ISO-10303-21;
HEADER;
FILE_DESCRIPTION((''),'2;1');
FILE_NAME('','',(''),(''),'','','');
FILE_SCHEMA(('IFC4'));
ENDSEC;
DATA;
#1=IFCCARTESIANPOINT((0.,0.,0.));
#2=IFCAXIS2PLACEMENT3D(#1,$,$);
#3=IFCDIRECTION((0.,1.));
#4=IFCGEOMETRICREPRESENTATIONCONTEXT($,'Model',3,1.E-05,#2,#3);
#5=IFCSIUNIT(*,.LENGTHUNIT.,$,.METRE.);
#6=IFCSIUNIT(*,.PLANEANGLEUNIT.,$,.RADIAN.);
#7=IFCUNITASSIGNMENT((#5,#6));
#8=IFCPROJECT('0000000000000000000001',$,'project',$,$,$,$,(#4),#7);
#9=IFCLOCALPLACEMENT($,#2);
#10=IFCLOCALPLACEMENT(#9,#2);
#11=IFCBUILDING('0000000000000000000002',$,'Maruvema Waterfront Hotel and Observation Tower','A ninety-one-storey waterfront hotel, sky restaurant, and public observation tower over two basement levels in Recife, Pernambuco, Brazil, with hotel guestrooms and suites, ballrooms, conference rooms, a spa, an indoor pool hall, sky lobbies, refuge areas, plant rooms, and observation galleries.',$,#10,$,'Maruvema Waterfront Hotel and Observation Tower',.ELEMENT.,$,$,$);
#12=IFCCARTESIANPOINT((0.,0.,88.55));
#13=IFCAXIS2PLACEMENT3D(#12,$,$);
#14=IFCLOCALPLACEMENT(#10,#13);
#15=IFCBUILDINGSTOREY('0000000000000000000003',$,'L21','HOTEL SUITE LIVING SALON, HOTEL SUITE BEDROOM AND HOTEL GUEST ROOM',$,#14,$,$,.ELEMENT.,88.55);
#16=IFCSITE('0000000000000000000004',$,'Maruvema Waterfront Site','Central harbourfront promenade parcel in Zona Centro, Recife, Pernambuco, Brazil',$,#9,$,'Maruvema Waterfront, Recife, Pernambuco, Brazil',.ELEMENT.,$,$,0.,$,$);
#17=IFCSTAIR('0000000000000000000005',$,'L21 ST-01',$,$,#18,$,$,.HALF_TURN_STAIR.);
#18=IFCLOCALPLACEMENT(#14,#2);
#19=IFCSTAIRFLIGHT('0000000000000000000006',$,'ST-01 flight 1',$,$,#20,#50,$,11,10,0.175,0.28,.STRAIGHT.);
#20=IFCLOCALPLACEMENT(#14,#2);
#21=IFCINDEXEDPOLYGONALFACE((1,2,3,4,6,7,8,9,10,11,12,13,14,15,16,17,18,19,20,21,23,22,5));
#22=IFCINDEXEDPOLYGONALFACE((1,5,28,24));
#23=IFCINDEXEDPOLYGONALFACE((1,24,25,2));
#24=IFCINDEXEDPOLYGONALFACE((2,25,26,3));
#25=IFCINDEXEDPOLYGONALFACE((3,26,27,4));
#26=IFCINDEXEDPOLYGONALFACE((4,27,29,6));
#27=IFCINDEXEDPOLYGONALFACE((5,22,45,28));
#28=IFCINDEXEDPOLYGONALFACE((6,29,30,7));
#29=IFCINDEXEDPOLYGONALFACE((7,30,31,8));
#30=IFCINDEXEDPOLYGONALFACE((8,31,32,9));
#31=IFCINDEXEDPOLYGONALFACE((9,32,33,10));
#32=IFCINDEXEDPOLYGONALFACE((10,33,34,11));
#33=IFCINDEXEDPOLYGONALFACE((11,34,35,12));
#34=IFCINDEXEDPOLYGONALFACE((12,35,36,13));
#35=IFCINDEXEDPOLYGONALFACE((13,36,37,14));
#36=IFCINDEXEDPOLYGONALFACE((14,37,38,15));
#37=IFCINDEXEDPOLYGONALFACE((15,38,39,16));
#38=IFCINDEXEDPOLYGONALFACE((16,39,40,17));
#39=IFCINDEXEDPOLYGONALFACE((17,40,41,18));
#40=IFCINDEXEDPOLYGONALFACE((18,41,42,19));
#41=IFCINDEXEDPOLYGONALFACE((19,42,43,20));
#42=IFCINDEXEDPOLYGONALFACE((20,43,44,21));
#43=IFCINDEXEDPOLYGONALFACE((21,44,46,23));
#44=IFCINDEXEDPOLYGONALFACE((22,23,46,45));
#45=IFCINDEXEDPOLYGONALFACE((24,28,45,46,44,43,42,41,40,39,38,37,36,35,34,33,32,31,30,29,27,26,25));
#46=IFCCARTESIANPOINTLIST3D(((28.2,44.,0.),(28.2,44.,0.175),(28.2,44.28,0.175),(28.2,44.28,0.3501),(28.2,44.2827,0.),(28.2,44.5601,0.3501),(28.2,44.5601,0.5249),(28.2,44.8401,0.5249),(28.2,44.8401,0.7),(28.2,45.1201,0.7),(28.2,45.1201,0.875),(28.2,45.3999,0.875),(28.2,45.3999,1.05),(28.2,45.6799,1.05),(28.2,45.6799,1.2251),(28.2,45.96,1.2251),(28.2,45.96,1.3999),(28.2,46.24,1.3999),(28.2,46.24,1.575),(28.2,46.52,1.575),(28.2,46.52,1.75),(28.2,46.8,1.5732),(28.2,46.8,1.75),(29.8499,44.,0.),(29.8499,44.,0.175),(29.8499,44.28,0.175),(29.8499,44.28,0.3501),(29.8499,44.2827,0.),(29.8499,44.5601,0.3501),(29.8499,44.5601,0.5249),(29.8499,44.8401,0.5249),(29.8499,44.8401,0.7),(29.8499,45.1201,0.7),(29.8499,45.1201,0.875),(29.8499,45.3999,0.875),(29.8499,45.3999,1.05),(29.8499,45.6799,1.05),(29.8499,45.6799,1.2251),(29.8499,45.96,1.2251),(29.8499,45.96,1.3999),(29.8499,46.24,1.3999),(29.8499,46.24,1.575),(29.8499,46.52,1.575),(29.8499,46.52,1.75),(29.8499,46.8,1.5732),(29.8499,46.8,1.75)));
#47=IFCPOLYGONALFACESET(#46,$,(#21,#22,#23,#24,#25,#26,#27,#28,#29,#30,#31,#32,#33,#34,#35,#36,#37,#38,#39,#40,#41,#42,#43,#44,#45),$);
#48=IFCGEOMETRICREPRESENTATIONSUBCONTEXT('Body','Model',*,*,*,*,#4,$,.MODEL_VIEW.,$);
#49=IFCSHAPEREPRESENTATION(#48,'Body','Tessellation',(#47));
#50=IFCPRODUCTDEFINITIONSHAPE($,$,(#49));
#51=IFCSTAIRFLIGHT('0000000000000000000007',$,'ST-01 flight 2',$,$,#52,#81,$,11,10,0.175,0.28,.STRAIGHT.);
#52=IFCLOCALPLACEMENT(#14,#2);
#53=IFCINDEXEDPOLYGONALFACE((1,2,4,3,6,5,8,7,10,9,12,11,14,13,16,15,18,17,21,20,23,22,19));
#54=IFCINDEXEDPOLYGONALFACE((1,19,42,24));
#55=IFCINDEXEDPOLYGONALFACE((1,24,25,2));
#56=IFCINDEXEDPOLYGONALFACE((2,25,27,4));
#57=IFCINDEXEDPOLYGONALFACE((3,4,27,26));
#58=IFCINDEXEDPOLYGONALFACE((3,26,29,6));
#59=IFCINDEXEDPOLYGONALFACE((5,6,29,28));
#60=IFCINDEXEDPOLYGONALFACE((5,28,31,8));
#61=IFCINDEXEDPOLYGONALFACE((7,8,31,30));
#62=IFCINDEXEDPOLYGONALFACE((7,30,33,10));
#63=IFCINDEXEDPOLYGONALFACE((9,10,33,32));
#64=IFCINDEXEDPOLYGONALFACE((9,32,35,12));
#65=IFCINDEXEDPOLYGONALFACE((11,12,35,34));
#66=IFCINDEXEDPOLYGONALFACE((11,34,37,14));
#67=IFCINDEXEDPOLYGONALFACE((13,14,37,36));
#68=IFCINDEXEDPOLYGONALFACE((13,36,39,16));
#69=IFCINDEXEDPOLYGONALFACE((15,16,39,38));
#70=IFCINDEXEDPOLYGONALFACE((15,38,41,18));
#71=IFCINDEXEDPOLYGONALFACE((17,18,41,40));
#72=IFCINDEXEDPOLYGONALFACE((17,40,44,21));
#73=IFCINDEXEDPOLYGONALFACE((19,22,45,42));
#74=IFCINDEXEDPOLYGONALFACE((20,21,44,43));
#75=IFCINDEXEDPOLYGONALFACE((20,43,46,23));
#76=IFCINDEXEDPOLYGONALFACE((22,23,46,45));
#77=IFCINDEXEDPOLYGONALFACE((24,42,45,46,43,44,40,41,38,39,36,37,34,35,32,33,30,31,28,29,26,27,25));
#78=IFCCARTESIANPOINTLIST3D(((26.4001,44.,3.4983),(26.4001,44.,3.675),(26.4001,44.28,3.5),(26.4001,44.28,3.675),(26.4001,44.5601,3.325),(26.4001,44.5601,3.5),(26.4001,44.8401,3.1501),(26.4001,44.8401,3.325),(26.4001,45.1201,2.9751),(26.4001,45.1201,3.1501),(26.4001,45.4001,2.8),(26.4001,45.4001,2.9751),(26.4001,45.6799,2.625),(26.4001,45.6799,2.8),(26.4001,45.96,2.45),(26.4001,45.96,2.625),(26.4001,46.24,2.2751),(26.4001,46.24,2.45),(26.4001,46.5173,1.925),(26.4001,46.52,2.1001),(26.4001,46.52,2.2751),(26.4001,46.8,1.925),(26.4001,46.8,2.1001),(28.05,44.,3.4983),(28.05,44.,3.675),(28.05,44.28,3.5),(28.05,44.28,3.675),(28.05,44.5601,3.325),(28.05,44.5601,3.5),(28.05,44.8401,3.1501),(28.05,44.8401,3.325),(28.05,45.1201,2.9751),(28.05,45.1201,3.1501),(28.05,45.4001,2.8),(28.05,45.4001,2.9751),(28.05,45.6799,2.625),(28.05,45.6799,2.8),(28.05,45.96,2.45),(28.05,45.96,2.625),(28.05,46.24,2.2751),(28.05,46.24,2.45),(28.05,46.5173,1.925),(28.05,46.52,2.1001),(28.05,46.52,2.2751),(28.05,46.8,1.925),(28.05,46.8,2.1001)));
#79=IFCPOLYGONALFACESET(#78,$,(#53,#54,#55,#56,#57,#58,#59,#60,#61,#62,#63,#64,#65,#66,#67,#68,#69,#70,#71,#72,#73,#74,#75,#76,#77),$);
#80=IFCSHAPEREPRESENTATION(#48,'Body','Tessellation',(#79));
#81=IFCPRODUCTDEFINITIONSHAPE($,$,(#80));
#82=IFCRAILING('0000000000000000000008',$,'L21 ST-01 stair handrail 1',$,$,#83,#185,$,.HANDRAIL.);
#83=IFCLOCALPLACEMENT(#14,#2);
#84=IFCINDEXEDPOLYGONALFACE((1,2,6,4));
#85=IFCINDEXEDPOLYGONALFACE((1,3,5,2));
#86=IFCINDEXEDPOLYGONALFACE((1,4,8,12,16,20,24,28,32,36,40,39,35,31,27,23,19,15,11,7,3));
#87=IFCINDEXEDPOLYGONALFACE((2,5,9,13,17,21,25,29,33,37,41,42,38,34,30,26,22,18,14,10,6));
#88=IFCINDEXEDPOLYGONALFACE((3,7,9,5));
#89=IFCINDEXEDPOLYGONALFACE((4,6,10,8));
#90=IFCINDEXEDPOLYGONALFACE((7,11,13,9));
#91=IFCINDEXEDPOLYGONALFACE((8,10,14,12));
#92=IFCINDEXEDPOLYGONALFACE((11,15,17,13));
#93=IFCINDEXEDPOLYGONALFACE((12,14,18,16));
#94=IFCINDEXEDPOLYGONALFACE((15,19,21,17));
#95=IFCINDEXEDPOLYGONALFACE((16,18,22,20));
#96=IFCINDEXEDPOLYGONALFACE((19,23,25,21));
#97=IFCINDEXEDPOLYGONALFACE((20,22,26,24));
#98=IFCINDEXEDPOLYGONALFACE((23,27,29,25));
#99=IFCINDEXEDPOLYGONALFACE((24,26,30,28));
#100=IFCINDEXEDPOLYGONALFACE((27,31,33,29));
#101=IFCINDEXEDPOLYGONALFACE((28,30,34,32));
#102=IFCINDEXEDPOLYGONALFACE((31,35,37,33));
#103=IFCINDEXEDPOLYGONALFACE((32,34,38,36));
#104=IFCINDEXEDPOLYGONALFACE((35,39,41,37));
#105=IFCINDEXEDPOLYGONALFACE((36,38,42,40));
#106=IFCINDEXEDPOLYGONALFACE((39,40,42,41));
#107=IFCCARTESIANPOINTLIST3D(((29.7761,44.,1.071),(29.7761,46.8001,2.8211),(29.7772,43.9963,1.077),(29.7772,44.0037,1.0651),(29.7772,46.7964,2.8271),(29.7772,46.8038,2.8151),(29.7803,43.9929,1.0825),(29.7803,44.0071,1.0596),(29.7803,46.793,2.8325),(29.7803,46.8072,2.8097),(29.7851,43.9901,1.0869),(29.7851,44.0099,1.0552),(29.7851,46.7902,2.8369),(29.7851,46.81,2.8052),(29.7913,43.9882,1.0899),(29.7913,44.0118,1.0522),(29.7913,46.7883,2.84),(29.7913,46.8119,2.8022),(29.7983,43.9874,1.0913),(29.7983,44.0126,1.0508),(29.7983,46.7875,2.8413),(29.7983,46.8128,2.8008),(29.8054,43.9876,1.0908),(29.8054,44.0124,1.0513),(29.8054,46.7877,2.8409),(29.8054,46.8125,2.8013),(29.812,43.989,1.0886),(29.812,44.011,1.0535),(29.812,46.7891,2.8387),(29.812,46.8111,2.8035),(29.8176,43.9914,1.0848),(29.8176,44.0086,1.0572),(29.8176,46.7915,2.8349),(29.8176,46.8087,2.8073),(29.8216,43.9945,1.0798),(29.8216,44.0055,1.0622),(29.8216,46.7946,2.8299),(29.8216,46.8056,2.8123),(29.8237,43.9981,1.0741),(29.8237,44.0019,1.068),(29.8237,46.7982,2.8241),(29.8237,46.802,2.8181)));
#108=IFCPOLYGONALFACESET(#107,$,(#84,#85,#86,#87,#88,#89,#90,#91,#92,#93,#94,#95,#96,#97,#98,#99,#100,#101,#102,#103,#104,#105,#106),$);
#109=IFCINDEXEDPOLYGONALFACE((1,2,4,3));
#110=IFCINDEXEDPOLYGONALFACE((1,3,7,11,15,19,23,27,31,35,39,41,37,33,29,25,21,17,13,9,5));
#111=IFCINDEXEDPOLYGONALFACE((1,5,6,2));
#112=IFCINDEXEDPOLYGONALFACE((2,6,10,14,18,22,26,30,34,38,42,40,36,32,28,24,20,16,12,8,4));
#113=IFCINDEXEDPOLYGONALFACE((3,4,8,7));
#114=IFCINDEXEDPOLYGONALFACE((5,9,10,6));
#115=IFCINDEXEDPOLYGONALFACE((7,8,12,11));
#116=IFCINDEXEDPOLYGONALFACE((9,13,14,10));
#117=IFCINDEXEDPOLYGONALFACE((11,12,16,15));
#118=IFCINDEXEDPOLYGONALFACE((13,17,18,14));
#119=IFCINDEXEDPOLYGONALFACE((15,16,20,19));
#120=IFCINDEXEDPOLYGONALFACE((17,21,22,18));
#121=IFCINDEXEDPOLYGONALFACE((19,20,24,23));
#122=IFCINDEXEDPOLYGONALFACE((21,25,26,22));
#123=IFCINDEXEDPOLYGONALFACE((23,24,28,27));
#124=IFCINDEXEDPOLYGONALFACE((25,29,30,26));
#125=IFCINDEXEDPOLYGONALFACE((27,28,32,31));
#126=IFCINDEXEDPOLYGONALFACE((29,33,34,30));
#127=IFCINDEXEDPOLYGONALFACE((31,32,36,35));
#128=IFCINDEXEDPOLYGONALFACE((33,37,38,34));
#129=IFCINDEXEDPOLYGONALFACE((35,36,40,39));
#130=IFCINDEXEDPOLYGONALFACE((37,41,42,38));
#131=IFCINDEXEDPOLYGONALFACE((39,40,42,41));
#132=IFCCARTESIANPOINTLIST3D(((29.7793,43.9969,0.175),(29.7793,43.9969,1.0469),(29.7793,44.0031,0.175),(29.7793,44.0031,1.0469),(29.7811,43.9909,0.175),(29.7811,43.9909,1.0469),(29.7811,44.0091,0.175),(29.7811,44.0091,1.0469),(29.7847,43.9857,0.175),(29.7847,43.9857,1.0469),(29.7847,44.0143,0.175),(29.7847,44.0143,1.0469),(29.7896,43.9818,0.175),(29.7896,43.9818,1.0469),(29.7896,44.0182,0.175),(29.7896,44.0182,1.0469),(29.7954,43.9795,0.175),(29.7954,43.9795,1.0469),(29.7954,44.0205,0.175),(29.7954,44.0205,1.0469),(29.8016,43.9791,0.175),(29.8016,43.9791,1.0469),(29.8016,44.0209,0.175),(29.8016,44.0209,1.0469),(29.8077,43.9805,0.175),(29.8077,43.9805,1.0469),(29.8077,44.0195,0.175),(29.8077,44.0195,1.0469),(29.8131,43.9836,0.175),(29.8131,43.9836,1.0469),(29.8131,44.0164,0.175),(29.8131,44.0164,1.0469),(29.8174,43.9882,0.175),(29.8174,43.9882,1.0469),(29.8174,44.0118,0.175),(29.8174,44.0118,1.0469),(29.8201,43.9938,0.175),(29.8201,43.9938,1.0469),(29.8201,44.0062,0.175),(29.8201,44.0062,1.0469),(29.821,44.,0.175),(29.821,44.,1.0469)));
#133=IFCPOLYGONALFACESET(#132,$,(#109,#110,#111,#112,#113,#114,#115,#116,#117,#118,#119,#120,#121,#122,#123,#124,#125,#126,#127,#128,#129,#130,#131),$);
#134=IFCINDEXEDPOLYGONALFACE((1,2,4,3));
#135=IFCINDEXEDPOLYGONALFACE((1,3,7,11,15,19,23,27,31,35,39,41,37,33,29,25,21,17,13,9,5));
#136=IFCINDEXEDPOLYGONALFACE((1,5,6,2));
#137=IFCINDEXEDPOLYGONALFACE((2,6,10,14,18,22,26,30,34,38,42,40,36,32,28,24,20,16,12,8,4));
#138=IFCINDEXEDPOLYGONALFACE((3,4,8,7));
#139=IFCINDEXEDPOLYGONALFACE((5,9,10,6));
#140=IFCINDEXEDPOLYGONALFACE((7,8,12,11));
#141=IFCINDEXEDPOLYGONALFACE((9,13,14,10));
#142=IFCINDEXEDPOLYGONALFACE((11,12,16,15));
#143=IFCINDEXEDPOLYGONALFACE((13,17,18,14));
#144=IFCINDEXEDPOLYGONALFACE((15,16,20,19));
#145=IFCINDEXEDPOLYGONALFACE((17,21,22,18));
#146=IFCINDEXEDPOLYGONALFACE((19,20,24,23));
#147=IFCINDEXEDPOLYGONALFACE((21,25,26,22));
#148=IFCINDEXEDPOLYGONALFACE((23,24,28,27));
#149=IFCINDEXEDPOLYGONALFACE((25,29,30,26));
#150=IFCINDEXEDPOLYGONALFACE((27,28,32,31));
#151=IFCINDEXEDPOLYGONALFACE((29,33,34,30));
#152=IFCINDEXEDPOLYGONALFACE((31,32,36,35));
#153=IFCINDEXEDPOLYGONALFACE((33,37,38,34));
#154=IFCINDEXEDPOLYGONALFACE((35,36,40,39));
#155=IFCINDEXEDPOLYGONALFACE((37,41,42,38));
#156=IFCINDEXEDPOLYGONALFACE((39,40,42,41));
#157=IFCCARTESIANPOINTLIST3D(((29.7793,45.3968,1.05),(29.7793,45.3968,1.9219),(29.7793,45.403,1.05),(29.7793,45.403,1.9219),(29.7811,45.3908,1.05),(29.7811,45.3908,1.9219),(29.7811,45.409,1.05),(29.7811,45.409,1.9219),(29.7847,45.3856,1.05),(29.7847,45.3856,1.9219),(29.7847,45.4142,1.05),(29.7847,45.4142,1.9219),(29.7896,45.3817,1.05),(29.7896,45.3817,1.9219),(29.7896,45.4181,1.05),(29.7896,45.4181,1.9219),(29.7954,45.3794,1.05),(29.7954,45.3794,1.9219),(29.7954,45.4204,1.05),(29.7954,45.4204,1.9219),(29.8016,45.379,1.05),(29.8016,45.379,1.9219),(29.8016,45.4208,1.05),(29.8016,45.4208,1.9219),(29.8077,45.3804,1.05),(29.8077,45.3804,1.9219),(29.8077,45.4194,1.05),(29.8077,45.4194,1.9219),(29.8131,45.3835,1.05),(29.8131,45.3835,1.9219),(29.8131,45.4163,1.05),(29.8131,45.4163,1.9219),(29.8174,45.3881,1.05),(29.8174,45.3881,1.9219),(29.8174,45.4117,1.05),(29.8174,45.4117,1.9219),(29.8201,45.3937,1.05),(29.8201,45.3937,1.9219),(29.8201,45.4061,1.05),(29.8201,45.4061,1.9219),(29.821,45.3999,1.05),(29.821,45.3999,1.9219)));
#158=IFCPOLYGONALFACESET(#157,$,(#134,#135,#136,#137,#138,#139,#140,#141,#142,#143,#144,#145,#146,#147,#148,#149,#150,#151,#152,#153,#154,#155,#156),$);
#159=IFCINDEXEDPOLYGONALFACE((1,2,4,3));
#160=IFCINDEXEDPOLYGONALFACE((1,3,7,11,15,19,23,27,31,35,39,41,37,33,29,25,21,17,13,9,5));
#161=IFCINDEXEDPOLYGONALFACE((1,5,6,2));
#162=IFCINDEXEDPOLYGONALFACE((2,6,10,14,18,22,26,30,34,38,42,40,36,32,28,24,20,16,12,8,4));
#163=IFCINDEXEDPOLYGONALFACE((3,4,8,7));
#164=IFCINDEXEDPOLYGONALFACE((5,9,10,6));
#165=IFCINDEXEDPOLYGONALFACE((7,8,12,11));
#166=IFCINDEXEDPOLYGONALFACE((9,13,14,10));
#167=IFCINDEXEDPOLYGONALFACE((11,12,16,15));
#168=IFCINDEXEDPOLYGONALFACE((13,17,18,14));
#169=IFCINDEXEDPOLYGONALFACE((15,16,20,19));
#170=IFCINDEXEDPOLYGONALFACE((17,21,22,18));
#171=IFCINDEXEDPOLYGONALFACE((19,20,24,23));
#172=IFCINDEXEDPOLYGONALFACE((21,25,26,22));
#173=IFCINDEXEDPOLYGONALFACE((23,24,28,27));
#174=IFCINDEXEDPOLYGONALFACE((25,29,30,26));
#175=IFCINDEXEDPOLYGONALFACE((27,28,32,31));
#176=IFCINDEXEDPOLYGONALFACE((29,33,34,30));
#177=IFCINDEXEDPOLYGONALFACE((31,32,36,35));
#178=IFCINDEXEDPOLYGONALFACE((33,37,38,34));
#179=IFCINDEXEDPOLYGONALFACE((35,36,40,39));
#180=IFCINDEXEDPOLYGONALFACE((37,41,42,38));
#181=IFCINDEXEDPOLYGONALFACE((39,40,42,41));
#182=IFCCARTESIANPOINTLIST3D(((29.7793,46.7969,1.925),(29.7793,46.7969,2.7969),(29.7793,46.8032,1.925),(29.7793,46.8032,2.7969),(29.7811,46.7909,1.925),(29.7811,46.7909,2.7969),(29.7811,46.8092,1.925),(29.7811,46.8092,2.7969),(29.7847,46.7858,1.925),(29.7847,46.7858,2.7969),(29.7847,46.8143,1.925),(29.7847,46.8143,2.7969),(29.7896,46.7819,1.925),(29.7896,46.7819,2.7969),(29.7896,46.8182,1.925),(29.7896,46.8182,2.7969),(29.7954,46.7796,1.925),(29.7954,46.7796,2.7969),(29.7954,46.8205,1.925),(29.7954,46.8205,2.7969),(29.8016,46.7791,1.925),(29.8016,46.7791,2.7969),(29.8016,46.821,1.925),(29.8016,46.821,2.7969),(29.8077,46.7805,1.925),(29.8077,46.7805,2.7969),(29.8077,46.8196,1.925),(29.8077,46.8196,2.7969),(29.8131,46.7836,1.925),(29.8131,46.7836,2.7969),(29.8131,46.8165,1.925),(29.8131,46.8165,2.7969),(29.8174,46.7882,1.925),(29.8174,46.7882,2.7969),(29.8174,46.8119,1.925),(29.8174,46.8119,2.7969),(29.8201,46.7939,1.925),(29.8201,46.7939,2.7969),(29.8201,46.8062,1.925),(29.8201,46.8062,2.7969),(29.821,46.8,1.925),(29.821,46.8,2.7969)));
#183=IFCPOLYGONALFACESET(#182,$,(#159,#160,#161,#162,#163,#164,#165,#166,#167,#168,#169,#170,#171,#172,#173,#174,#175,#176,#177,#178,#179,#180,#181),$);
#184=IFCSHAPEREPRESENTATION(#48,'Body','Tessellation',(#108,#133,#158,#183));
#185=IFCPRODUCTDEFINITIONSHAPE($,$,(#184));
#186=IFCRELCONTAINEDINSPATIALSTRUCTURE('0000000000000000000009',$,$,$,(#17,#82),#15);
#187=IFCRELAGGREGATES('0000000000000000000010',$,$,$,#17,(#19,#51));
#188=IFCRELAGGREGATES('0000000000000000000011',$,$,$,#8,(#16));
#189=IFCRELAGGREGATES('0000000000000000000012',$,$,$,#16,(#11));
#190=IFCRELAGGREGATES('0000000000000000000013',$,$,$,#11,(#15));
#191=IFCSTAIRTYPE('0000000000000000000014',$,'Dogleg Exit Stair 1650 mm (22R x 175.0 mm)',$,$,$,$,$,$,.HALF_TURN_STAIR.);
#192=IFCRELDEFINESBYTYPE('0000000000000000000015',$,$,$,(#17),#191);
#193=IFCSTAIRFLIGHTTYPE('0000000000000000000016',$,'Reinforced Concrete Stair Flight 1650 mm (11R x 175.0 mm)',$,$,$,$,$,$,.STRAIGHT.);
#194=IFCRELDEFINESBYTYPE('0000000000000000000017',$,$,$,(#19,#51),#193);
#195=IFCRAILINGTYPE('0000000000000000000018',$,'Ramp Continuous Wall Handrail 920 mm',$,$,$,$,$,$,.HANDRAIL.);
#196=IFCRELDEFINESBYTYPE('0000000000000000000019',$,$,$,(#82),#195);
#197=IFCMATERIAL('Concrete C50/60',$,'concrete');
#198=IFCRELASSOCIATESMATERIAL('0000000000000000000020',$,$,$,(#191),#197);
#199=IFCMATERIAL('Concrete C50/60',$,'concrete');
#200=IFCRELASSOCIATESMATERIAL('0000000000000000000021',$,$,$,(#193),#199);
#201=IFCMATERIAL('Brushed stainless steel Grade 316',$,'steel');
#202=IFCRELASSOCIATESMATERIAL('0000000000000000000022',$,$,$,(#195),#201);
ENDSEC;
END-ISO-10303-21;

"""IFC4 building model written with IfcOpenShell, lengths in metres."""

from ifc_helpers import new_model, si_unit, direction, frame, origin, origin_2d, place, context, subcontext, project, spatial, polyline, circle, outline, extrude, material, type_object, element, aggregate, save


model = new_model("IFC4")

# Units and contexts
model_context = context("Model", 3, precision=1e-05, world=origin(), true_north=direction((0.0, 1.0)))
body_context = subcontext(model_context, "Body", "Model", "MODEL_VIEW")
ifc_project = project(units=[si_unit("LENGTHUNIT", "METRE"), si_unit("PLANEANGLEUNIT", "RADIAN")], contexts=[model_context])

# Site, building, storey
site_placement = place(None, origin())
site = spatial("IfcSite", under=ifc_project, at=site_placement, Name="Maruvema Waterfront Site", Description="Central harbourfront promenade parcel in Zona Centro, Recife, Pernambuco, Brazil", LongName="Maruvema Waterfront, Recife, Pernambuco, Brazil", CompositionType="ELEMENT", RefElevation=0.0)
building_placement = place(site_placement, origin())
building = spatial("IfcBuilding", under=site, at=building_placement, Name="Maruvema Waterfront Hotel and Observation Tower", Description="A ninety-one-storey waterfront hotel, sky restaurant, and public observation tower over two basement levels in Recife, Pernambuco, Brazil, with hotel guestrooms and suites, ballrooms, conference rooms, a spa, an indoor pool hall, sky lobbies, refuge areas, plant rooms, and observation galleries.", LongName="Maruvema Waterfront Hotel and Observation Tower", CompositionType="ELEMENT")
storey_placement = place(building_placement, frame((0.0, 0.0, 88.55)))
storey = spatial("IfcBuildingStorey", under=building, at=storey_placement, Name="L21", Description="HOTEL SUITE LIVING SALON, HOTEL SUITE BEDROOM AND HOTEL GUEST ROOM", CompositionType="ELEMENT", Elevation=88.55)

# Stair, stair flights
ifc_material_1 = material(Name="Concrete C50/60", Category="concrete")
stair_type = type_object("IfcStairType", Name="Dogleg Exit Stair 1650 mm (22R x 175.0 mm)", PredefinedType="HALF_TURN_STAIR", material=ifc_material_1)
stair_placement = place(storey_placement, origin())
stair = element("IfcStair", 1, at=stair_placement, inside=storey, type_object=stair_type, Name="L21 ST-01", PredefinedType="HALF_TURN_STAIR")
ifc_material_2 = material(Name="Concrete C50/60", Category="concrete")
stair_flight_type = type_object("IfcStairFlightType", Name="Reinforced Concrete Stair Flight 1650 mm (11R x 175.0 mm)", PredefinedType="STRAIGHT", material=ifc_material_2)
stair_flight_1_placement = place(storey_placement, frame((29.0249, 44.0, 0.0), z_axis=(0.0, 0.0, 1.0), x_axis=(0.0, 1.0, 0.0)))
stair_flight_1 = element("IfcStairFlight", 2, at=stair_flight_1_placement, type_object=stair_flight_type, Name="ST-01 flight 1", NumberOfRisers=11, NumberOfTreads=10, PredefinedType="STRAIGHT", RiserHeight=0.175, TreadLength=0.28, context=body_context, shape_type="SweptSolid", body=[
    extrude(outline(polyline([(0.0, 0.0), (0.0, 0.175), (0.28, 0.175), (0.28, 0.3501), (0.5601, 0.3501), (0.5601, 0.5249), (0.8401, 0.5249), (0.8401, 0.7), (1.1201, 0.7), (1.1201, 0.875), (1.3999, 0.875), (1.3999, 1.05), (1.6799, 1.05), (1.6799, 1.2251), (1.96, 1.2251), (1.96, 1.3999), (2.24, 1.3999), (2.24, 1.575), (2.52, 1.575), (2.52, 1.75), (2.8, 1.75), (2.8, 1.925), (2.8, 1.5732), (0.2827, 0.0), (0.0, 0.0)])), frame((0.0, 0.825, 0.0), z_axis=(0.0, -1.0, 0.0), x_axis=(1.0, 0.0, 0.0)), (0.0, 0.0, 1.0), 1.6499),
])
stair_flight_2_placement = place(storey_placement, frame((27.2251, 46.8, 1.925), z_axis=(0.0, 0.0, 1.0), x_axis=(0.0, -1.0, 0.0)))
stair_flight_2 = element("IfcStairFlight", 3, at=stair_flight_2_placement, type_object=stair_flight_type, Name="ST-01 flight 2", NumberOfRisers=11, NumberOfTreads=10, PredefinedType="STRAIGHT", RiserHeight=0.175, TreadLength=0.28, context=body_context, shape_type="SweptSolid", body=[
    extrude(outline(polyline([(0.0, 0.0), (0.0, 0.175), (0.28, 0.175), (0.28, 0.3501), (0.5601, 0.3501), (0.5601, 0.5249), (0.8401, 0.5249), (0.8401, 0.7), (1.1201, 0.7), (1.1201, 0.875), (1.3999, 0.875), (1.3999, 1.05), (1.6799, 1.05), (1.6799, 1.2251), (1.96, 1.2251), (1.96, 1.3999), (2.24, 1.3999), (2.24, 1.575), (2.52, 1.575), (2.52, 1.75), (2.8, 1.75), (2.8, 1.925), (2.8, 1.5732), (0.2827, 0.0), (0.0, 0.0)])), frame((0.0, 0.825, 0.0), z_axis=(0.0, -1.0, 0.0), x_axis=(1.0, 0.0, 0.0)), (0.0, 0.0, 1.0), 1.6499),
])
aggregate(stair, [stair_flight_1, stair_flight_2])

# Railing
ifc_material_3 = material(Name="Brushed stainless steel Grade 316", Category="steel")
railing_type_1 = type_object("IfcRailingType", Name="Ramp Continuous Wall Handrail 920 mm", PredefinedType="HANDRAIL", material=ifc_material_3)
railing_1_placement = place(storey_placement, frame((29.8, 44.0, 0.175)))
element("IfcRailing", 4, at=railing_1_placement, inside=storey, type_object=railing_type_1, Name="L21 ST-01 stair handrail 1", PredefinedType="HANDRAIL", context=body_context, shape_type="SweptSolid", body=[
    extrude(circle(Radius=0.0239, at=origin_2d()), frame((0.0, 0.0, 0.896), z_axis=(0.0, 0.848002, 0.529992), x_axis=(-1.0, 0.0, 0.0)), (0.0, 0.0, 1.0), 3.302),
    extrude(circle(Radius=0.021, at=origin_2d()), origin(), (0.0, 0.0, 1.0), 0.8718),
    extrude(circle(Radius=0.021, at=origin_2d()), frame((0.0, 1.3999, 0.875)), (0.0, 0.0, 1.0), 0.8718),
    extrude(circle(Radius=0.021, at=origin_2d()), frame((0.0, 2.8, 1.75)), (0.0, 0.0, 1.0), 0.8718),
])

save(model, "model.ifc")
